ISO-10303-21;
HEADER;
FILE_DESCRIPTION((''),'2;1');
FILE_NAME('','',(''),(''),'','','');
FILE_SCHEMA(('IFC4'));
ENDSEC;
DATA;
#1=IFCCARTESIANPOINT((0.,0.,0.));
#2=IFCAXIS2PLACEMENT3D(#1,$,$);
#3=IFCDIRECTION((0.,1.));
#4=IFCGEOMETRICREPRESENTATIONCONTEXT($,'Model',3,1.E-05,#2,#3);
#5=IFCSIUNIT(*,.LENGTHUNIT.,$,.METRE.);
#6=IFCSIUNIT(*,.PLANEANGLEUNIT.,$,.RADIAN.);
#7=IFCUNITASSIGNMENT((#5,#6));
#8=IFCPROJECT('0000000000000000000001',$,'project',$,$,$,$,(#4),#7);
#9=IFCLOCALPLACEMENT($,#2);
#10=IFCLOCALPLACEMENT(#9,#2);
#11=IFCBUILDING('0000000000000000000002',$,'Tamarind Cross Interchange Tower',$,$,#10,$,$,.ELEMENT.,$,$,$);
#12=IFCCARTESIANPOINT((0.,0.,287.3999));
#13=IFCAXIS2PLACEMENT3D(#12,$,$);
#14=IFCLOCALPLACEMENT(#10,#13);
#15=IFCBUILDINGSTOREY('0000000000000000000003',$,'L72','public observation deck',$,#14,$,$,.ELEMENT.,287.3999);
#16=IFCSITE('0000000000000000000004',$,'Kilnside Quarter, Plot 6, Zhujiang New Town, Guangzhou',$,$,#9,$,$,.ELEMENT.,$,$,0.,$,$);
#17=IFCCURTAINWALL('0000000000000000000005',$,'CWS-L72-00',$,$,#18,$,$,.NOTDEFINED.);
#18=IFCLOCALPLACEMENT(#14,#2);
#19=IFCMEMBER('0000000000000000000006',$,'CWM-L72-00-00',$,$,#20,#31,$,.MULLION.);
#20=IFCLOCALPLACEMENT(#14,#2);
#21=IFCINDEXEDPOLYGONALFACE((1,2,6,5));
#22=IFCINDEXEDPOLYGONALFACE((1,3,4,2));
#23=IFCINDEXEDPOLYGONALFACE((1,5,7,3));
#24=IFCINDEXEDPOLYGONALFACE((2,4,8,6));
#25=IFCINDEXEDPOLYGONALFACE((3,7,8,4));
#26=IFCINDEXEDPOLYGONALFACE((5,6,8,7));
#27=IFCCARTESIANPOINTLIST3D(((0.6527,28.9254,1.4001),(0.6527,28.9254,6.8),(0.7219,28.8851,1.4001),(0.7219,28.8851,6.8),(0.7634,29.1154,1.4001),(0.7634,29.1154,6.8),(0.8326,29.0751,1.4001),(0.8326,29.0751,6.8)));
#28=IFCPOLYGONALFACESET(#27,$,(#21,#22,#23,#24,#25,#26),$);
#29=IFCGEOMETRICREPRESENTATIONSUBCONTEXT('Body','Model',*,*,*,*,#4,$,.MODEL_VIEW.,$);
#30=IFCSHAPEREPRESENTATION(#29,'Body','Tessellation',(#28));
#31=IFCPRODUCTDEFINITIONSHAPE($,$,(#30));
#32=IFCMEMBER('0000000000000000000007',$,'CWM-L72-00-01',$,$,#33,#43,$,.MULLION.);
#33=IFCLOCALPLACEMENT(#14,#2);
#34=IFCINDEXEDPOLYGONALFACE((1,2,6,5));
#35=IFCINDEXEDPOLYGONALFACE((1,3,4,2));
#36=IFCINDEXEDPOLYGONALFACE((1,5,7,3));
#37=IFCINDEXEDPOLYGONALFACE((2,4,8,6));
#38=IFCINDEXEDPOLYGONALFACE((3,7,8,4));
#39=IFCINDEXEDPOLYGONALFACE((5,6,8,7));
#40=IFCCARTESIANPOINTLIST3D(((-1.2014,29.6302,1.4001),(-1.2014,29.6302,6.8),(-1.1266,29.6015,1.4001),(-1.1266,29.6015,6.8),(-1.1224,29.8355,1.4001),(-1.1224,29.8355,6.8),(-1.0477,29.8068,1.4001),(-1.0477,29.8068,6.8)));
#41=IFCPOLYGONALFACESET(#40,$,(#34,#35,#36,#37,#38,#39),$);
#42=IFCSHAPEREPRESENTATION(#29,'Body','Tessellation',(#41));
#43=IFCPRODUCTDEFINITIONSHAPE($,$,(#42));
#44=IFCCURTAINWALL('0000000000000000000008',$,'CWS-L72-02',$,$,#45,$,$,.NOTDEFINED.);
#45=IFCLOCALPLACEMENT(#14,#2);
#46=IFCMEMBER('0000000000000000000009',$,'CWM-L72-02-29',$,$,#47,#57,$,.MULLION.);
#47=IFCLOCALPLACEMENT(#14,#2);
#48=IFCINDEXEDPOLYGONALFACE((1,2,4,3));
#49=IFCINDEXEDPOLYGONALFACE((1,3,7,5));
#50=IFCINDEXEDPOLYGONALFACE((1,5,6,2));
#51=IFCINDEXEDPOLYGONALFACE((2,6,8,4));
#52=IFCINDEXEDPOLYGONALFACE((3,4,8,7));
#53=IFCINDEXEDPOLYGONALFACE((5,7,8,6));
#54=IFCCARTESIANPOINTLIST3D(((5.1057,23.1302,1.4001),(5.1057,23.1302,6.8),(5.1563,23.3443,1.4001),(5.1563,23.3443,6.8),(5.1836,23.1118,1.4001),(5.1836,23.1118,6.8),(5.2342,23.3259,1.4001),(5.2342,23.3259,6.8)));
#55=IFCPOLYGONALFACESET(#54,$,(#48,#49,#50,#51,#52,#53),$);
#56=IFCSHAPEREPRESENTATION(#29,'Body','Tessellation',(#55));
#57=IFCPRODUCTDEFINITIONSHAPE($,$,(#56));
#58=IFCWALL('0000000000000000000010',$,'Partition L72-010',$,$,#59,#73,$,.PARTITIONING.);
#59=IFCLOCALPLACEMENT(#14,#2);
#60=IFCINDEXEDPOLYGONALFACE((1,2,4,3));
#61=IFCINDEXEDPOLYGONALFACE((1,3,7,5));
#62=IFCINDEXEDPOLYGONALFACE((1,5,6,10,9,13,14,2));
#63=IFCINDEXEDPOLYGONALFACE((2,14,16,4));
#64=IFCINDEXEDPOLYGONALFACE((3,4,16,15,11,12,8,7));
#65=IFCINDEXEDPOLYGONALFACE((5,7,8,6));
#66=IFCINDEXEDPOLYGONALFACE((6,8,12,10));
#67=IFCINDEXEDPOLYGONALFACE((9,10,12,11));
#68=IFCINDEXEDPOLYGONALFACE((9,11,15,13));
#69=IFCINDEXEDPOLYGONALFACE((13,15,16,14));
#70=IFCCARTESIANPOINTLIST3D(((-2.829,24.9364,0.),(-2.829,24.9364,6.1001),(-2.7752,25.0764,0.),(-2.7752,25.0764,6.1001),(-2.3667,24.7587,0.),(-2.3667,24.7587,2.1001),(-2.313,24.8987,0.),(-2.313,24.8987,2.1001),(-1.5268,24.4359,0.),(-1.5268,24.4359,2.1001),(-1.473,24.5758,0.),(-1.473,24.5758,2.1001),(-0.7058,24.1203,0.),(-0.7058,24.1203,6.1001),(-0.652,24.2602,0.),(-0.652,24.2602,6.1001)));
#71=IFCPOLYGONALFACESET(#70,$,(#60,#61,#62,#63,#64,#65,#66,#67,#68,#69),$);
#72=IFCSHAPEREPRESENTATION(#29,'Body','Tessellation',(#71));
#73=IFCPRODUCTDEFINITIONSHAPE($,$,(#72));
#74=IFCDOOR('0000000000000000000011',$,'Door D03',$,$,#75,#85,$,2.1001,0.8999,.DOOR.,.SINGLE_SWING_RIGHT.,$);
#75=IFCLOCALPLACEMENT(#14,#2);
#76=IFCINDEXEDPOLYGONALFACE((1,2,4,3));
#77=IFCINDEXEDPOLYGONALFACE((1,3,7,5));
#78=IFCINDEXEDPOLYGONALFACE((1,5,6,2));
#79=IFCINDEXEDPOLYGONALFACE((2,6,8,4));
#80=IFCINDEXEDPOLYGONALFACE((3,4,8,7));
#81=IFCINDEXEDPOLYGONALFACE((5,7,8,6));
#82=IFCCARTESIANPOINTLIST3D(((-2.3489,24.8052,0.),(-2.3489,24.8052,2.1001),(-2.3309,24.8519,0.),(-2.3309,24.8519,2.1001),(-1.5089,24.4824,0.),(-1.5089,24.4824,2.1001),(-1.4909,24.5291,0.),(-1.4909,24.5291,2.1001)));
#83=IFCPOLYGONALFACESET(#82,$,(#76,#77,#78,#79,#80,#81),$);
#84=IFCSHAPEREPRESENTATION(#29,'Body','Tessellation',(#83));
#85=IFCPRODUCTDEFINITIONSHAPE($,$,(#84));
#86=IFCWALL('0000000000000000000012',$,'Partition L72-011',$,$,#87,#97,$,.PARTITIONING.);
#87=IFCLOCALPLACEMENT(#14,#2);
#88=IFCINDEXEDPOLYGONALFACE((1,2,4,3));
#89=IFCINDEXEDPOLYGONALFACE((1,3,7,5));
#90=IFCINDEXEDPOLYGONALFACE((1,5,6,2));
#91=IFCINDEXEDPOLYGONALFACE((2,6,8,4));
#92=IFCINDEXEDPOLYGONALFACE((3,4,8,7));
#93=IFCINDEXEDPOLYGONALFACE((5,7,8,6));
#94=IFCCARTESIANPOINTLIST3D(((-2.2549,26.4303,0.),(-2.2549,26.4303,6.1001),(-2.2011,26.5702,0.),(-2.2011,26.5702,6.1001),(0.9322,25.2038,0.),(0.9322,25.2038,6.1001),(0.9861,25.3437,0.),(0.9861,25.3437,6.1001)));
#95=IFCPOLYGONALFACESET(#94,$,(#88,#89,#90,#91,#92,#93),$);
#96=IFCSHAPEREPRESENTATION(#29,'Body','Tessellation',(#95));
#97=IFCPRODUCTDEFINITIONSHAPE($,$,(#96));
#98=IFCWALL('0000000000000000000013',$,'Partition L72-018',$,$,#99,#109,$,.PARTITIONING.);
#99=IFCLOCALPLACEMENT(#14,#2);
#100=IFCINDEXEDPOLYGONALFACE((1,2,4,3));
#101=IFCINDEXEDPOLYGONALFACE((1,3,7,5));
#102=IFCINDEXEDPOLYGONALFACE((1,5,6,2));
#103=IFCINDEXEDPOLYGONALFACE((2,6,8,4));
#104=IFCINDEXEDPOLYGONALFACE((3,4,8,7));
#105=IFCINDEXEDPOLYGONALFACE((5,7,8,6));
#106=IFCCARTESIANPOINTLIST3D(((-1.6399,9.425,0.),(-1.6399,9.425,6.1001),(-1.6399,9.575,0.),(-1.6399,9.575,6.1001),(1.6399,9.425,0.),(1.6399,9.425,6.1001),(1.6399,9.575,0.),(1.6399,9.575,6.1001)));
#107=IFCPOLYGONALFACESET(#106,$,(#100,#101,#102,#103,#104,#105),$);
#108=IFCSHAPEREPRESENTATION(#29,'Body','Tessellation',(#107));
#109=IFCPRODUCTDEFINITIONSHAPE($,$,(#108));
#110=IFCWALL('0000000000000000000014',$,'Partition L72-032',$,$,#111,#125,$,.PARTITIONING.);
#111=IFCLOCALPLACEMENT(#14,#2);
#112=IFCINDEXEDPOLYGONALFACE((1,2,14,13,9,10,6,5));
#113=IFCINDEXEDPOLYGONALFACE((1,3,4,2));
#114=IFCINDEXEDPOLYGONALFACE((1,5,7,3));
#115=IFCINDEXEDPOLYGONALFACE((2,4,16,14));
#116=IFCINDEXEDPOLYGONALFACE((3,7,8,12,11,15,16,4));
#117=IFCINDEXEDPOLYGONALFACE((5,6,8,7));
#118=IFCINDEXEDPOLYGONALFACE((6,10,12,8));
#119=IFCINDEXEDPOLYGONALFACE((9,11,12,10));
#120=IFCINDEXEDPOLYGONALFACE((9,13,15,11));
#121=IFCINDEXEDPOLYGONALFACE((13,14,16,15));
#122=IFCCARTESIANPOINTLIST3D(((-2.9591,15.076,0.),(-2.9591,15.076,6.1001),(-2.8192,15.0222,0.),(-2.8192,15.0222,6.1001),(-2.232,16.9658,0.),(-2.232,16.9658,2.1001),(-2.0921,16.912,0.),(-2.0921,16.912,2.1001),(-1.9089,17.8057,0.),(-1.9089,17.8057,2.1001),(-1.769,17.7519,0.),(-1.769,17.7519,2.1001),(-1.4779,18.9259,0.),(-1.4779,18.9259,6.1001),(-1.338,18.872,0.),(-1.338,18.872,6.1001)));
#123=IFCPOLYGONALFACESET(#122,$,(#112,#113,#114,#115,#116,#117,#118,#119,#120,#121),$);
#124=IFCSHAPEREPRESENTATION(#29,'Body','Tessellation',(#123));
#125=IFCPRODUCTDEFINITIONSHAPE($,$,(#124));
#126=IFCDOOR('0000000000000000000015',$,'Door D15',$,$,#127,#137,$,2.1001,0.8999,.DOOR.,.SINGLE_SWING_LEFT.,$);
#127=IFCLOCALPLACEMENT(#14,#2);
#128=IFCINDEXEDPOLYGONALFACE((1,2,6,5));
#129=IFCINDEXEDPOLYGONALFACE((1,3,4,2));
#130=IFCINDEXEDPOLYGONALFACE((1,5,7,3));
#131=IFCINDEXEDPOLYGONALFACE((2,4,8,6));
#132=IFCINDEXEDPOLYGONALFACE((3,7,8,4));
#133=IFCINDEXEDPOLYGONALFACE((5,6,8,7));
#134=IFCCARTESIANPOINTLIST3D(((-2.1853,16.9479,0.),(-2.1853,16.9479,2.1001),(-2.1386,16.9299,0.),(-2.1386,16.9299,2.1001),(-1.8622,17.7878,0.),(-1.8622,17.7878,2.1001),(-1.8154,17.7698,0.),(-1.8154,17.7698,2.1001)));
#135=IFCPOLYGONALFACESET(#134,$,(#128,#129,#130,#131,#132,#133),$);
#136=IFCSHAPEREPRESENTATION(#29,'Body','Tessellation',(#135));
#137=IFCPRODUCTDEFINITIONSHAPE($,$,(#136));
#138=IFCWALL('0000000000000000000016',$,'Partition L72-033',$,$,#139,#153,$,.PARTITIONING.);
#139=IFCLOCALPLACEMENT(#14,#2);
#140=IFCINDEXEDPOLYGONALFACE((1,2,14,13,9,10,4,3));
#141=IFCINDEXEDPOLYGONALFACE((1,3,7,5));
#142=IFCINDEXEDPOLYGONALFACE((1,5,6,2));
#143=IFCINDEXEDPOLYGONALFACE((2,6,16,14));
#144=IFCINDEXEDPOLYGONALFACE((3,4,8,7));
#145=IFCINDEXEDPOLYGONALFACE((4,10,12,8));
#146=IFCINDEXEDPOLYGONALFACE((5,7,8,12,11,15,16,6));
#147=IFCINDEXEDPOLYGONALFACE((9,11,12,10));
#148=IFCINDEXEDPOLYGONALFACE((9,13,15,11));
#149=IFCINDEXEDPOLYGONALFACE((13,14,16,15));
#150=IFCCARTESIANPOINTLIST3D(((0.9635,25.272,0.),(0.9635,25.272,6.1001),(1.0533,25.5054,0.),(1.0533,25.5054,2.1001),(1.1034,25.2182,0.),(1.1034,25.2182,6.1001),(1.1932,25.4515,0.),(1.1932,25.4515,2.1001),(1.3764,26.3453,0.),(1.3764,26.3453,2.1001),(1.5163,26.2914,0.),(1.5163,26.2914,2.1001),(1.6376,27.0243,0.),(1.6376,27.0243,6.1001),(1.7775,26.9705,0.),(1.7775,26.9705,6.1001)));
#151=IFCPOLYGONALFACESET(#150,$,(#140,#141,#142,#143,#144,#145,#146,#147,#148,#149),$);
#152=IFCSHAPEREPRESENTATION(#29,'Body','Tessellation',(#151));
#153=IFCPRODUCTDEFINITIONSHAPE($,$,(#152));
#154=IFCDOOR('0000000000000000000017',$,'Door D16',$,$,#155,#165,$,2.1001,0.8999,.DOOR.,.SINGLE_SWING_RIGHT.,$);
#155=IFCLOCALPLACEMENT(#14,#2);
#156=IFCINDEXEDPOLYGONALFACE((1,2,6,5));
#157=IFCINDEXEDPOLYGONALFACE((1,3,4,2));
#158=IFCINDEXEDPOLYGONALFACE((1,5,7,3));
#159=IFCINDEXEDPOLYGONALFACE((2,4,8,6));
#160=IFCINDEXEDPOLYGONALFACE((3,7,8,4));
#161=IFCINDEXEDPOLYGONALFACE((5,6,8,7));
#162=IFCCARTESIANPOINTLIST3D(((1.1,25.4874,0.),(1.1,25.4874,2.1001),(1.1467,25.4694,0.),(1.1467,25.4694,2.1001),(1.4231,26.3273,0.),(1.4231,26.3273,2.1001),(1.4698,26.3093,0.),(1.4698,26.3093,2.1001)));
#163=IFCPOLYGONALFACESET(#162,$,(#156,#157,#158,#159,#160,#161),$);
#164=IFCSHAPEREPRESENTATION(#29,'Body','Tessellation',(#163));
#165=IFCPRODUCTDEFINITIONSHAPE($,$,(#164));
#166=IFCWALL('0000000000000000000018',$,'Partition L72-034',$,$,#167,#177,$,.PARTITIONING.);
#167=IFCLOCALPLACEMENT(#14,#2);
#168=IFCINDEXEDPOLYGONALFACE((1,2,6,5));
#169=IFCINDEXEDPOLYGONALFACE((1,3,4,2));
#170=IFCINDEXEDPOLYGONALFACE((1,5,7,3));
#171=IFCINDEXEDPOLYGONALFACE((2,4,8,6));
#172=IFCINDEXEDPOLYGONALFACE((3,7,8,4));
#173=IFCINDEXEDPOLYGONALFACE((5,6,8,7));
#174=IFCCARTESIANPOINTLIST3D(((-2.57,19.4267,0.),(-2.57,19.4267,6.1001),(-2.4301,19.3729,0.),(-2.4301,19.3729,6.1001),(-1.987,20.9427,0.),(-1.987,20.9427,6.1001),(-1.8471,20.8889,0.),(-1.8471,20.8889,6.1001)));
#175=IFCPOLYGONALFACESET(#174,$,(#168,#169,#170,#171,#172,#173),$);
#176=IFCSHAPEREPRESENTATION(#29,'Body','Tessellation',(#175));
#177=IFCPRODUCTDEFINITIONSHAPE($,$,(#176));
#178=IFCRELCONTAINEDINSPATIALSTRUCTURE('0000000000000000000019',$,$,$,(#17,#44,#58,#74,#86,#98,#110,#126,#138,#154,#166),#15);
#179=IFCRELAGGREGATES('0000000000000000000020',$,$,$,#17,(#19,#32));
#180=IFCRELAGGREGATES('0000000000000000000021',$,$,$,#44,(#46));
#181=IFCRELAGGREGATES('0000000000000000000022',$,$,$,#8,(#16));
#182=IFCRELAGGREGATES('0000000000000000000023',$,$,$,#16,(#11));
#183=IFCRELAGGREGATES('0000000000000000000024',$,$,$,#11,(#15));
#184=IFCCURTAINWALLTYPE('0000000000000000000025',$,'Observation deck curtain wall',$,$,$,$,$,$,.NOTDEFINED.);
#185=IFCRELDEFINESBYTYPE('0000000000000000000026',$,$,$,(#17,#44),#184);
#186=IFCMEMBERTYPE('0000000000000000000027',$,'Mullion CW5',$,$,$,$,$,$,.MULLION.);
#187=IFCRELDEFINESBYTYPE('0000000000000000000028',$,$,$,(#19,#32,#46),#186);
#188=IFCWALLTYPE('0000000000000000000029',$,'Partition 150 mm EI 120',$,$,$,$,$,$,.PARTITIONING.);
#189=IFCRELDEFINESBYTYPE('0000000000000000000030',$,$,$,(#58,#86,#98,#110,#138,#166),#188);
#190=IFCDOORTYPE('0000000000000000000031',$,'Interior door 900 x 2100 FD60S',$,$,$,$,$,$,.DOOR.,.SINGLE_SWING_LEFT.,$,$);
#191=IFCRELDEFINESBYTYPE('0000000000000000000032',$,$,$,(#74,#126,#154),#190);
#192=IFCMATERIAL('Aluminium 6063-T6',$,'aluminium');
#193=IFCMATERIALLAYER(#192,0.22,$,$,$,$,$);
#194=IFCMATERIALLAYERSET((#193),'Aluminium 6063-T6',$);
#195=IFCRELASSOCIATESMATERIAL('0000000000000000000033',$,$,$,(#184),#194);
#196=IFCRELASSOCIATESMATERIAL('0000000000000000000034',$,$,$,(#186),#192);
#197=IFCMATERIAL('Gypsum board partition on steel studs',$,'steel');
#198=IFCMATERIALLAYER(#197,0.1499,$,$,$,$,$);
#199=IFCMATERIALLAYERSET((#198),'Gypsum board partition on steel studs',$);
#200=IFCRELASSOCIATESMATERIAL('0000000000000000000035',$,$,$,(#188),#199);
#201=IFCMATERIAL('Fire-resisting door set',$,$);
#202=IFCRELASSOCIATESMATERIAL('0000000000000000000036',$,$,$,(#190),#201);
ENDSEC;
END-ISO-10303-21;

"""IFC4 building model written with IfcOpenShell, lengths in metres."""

from ifc_helpers import new_model, si_unit, direction, frame, frame_2d, origin, origin_2d, place, context, subcontext, project, spatial, rectangle, extrude, material, layer, layer_set, material_profile, profile_set, type_object, element, fill, aggregate, save


model = new_model("IFC4")

# Units and contexts
model_context = context("Model", 3, precision=1e-05, world=origin(), true_north=direction((0.0, 1.0)))
body_context = subcontext(model_context, "Body", "Model", "MODEL_VIEW")
ifc_project = project(units=[si_unit("LENGTHUNIT", "METRE"), si_unit("PLANEANGLEUNIT", "RADIAN")], contexts=[model_context])

# Site, building, storey
site_placement = place(None, origin())
site = spatial("IfcSite", under=ifc_project, at=site_placement, Name="Kilnside Quarter, Plot 6, Zhujiang New Town, Guangzhou", CompositionType="ELEMENT", RefElevation=0.0)
building_placement = place(site_placement, origin())
building = spatial("IfcBuilding", under=site, at=building_placement, Name="Tamarind Cross Interchange Tower", CompositionType="ELEMENT")
storey_placement = place(building_placement, frame((0.0, 0.0, 287.3999)))
storey = spatial("IfcBuildingStorey", under=building, at=storey_placement, Name="L72", Description="public observation deck", CompositionType="ELEMENT", Elevation=287.3999)

# Curtain wall, members
ifc_material_1 = material(Name="Aluminium 6063-T6", Category="aluminium")
ifc_layer_1 = layer(ifc_material_1, 0.22)
ifc_layer_set_1 = layer_set([ifc_layer_1], Name="Aluminium 6063-T6")
curtain_wall_type = type_object("IfcCurtainWallType", Name="Observation deck curtain wall", PredefinedType="NOTDEFINED", material=ifc_layer_set_1)
curtain_wall_1_placement = place(storey_placement, origin())
curtain_wall_1 = element("IfcCurtainWall", 1, at=curtain_wall_1_placement, inside=storey, type_object=curtain_wall_type, Name="CWS-L72-00", PredefinedType="NOTDEFINED")
ifc_material_profile_1 = material_profile(ifc_material_1, rectangle(XDim=0.0801, YDim=0.22, at=origin_2d()), Name="Mullion CW5")
ifc_profile_set_1 = profile_set([ifc_material_profile_1], Name="Aluminium 6063-T6")
member_type = type_object("IfcMemberType", Name="Mullion CW5", PredefinedType="MULLION", material=ifc_profile_set_1)
member_1_placement = place(storey_placement, frame((0.7427, 29.0002, 1.4001), z_axis=(0.0, 0.0, 1.0), x_axis=(-0.864042, 0.50342, 0.0)))
member_1 = element("IfcMember", 2, at=member_1_placement, type_object=member_type, Name="CWM-L72-00-00", PredefinedType="MULLION", context=body_context, shape_type="SweptSolid", body=[
    extrude(rectangle(XDim=0.0801, YDim=0.22, at=origin_2d()), origin(), (0.0, 0.0, 1.0), 5.3999),
])
member_2_placement = place(storey_placement, frame((-1.1245, 29.7185, 1.4001), z_axis=(0.0, 0.0, 1.0), x_axis=(-0.93331, 0.359072, 0.0)))
member_2 = element("IfcMember", 3, at=member_2_placement, type_object=member_type, Name="CWM-L72-00-01", PredefinedType="MULLION", context=body_context, shape_type="SweptSolid", body=[
    extrude(rectangle(XDim=0.0801, YDim=0.22, at=origin_2d()), origin(), (0.0, 0.0, 1.0), 5.3999),
])
aggregate(curtain_wall_1, [member_1, member_2])

# Curtain wall, member
curtain_wall_2_placement = place(storey_placement, origin())
curtain_wall_2 = element("IfcCurtainWall", 4, at=curtain_wall_2_placement, inside=storey, type_object=curtain_wall_type, Name="CWS-L72-02", PredefinedType="NOTDEFINED")
member_3_placement = place(storey_placement, frame((5.1699, 23.228, 1.4001), z_axis=(0.0, 0.0, 1.0), x_axis=(-0.973194, 0.229987, 0.0)))
member_3 = element("IfcMember", 5, at=member_3_placement, type_object=member_type, Name="CWM-L72-02-29", PredefinedType="MULLION", context=body_context, shape_type="SweptSolid", body=[
    extrude(rectangle(XDim=0.0801, YDim=0.22, at=origin_2d()), origin(), (0.0, 0.0, 1.0), 5.3999),
])
aggregate(curtain_wall_2, [member_3])

# Wall, opening, door
ifc_material_2 = material(Name="Gypsum board partition on steel studs", Category="steel")
ifc_layer_2 = layer(ifc_material_2, 0.1499)
ifc_layer_set_2 = layer_set([ifc_layer_2], Name="Gypsum board partition on steel studs")
wall_type_1 = type_object("IfcWallType", Name="Partition 150 mm EI 120", PredefinedType="PARTITIONING", material=ifc_layer_set_2)
wall_1_placement = place(storey_placement, frame((-2.802, 25.0063, 0.0), z_axis=(0.0, 0.0, 1.0), x_axis=(0.933418, -0.358792, 0.0)))
wall_1 = element("IfcWall", 6, at=wall_1_placement, inside=storey, type_object=wall_type_1, Name="Partition L72-010", PredefinedType="PARTITIONING", context=body_context, shape_type="SweptSolid", body=[
    extrude(rectangle(XDim=2.2747, YDim=0.1499, at=frame_2d((1.1372, 0.0))), origin(), (0.0, 0.0, 1.0), 6.1001),
])
opening_1_placement = place(wall_1_placement, frame((0.4951, 0.0, 0.0)))
opening_1 = element("IfcOpeningElement", 7, at=opening_1_placement, cuts=wall_1, PredefinedType="OPENING", context=body_context, shape_type="SweptSolid", body=[
    extrude(rectangle(XDim=0.8999, YDim=2.1001, at=frame_2d((0.45, 1.05))), frame((0.0, 0.085, 0.0), z_axis=(0.0, -1.0, 0.0), x_axis=(1.0, 0.0, 0.0)), (0.0, 0.0, 1.0), 0.1699),
])
ifc_material_3 = material(Name="Fire-resisting door set")
door_type = type_object("IfcDoorType", Name="Interior door 900 x 2100 FD60S", OperationType="SINGLE_SWING_LEFT", PredefinedType="DOOR", material=ifc_material_3)
door_1_placement = place(opening_1_placement, origin())
door_1 = element("IfcDoor", 8, at=door_1_placement, inside=storey, type_object=door_type, Name="Door D03", OperationType="SINGLE_SWING_RIGHT", OverallHeight=2.1001, OverallWidth=0.8999, PredefinedType="DOOR", context=body_context, shape_type="SweptSolid", body=[
    extrude(rectangle(XDim=0.8999, YDim=2.1001, at=frame_2d((0.45, 1.05))), frame((0.0, 0.0249, 0.0), z_axis=(0.0, -1.0, 0.0), x_axis=(1.0, 0.0, 0.0)), (0.0, 0.0, 1.0), 0.05),
])
fill(opening_1, door_1)

# Walls
wall_2_placement = place(storey_placement, frame((-2.228, 26.5002, 0.0), z_axis=(0.0, 0.0, 1.0), x_axis=(0.933277, -0.359156, 0.0)))
element("IfcWall", 9, at=wall_2_placement, inside=storey, type_object=wall_type_1, Name="Partition L72-011", PredefinedType="PARTITIONING", context=body_context, shape_type="SweptSolid", body=[
    extrude(rectangle(XDim=3.415, YDim=0.1499, at=frame_2d((1.7075, 0.0))), origin(), (0.0, 0.0, 1.0), 6.1001),
])
wall_3_placement = place(storey_placement, frame((-1.6399, 9.5, 0.0), z_axis=(0.0, 0.0, 1.0), x_axis=(1.0, 0.0, 0.0)))
element("IfcWall", 10, at=wall_3_placement, inside=storey, type_object=wall_type_1, Name="Partition L72-018", PredefinedType="PARTITIONING", context=body_context, shape_type="SweptSolid", body=[
    extrude(rectangle(XDim=3.2798, YDim=0.1499, at=frame_2d((1.6399, 0.0))), origin(), (0.0, 0.0, 1.0), 6.1001),
])

# Walls, openings, doors
wall_4_placement = place(storey_placement, frame((-2.8892, 15.0491, 0.0), z_axis=(0.0, 0.0, 1.0), x_axis=(0.359082, 0.933306, 0.0)))
wall_4 = element("IfcWall", 11, at=wall_4_placement, inside=storey, type_object=wall_type_1, Name="Partition L72-032", PredefinedType="PARTITIONING", context=body_context, shape_type="SweptSolid", body=[
    extrude(rectangle(XDim=4.125, YDim=0.1499, at=frame_2d((2.0625, 0.0))), origin(), (0.0, 0.0, 1.0), 6.1001),
])
opening_2_placement = place(wall_4_placement, frame((2.0249, 0.0, 0.0)))
opening_2 = element("IfcOpeningElement", 12, at=opening_2_placement, cuts=wall_4, PredefinedType="OPENING", context=body_context, shape_type="SweptSolid", body=[
    extrude(rectangle(XDim=0.8999, YDim=2.1001, at=frame_2d((0.45, 1.05))), frame((0.0, 0.085, 0.0), z_axis=(0.0, -1.0, 0.0), x_axis=(1.0, 0.0, 0.0)), (0.0, 0.0, 1.0), 0.1699),
])
door_2_placement = place(opening_2_placement, origin())
door_2 = element("IfcDoor", 13, at=door_2_placement, inside=storey, type_object=door_type, Name="Door D15", OperationType="SINGLE_SWING_LEFT", OverallHeight=2.1001, OverallWidth=0.8999, PredefinedType="DOOR", context=body_context, shape_type="SweptSolid", body=[
    extrude(rectangle(XDim=0.8999, YDim=2.1001, at=frame_2d((0.45, 1.05))), frame((0.0, 0.0249, 0.0), z_axis=(0.0, -1.0, 0.0), x_axis=(1.0, 0.0, 0.0)), (0.0, 0.0, 1.0), 0.05),
])
fill(opening_2, door_2)
wall_5_placement = place(storey_placement, frame((1.0334, 25.2451, 0.0), z_axis=(0.0, 0.0, 1.0), x_axis=(0.359049, 0.933319, 0.0)))
wall_5 = element("IfcWall", 14, at=wall_5_placement, inside=storey, type_object=wall_type_1, Name="Partition L72-033", PredefinedType="PARTITIONING", context=body_context, shape_type="SweptSolid", body=[
    extrude(rectangle(XDim=1.8774, YDim=0.1499, at=frame_2d((0.9387, 0.0))), origin(), (0.0, 0.0, 1.0), 6.1001),
])
opening_3_placement = place(wall_5_placement, frame((0.25, 0.0, 0.0)))
opening_3 = element("IfcOpeningElement", 15, at=opening_3_placement, cuts=wall_5, PredefinedType="OPENING", context=body_context, shape_type="SweptSolid", body=[
    extrude(rectangle(XDim=0.8999, YDim=2.1001, at=frame_2d((0.45, 1.05))), frame((0.0, 0.085, 0.0), z_axis=(0.0, -1.0, 0.0), x_axis=(1.0, 0.0, 0.0)), (0.0, 0.0, 1.0), 0.1699),
])
door_3_placement = place(opening_3_placement, origin())
door_3 = element("IfcDoor", 16, at=door_3_placement, inside=storey, type_object=door_type, Name="Door D16", OperationType="SINGLE_SWING_RIGHT", OverallHeight=2.1001, OverallWidth=0.8999, PredefinedType="DOOR", context=body_context, shape_type="SweptSolid", body=[
    extrude(rectangle(XDim=0.8999, YDim=2.1001, at=frame_2d((0.45, 1.05))), frame((0.0, 0.0249, 0.0), z_axis=(0.0, -1.0, 0.0), x_axis=(1.0, 0.0, 0.0)), (0.0, 0.0, 1.0), 0.05),
])
fill(opening_3, door_3)

# Wall
wall_6_placement = place(storey_placement, frame((-2.5, 19.3999, 0.0), z_axis=(0.0, 0.0, 1.0), x_axis=(0.358919, 0.933369, 0.0)))
element("IfcWall", 17, at=wall_6_placement, inside=storey, type_object=wall_type_1, Name="Partition L72-034", PredefinedType="PARTITIONING", context=body_context, shape_type="SweptSolid", body=[
    extrude(rectangle(XDim=1.6243, YDim=0.1499, at=frame_2d((0.812, 0.0))), origin(), (0.0, 0.0, 1.0), 6.1001),
])

save(model, "model.ifc")
